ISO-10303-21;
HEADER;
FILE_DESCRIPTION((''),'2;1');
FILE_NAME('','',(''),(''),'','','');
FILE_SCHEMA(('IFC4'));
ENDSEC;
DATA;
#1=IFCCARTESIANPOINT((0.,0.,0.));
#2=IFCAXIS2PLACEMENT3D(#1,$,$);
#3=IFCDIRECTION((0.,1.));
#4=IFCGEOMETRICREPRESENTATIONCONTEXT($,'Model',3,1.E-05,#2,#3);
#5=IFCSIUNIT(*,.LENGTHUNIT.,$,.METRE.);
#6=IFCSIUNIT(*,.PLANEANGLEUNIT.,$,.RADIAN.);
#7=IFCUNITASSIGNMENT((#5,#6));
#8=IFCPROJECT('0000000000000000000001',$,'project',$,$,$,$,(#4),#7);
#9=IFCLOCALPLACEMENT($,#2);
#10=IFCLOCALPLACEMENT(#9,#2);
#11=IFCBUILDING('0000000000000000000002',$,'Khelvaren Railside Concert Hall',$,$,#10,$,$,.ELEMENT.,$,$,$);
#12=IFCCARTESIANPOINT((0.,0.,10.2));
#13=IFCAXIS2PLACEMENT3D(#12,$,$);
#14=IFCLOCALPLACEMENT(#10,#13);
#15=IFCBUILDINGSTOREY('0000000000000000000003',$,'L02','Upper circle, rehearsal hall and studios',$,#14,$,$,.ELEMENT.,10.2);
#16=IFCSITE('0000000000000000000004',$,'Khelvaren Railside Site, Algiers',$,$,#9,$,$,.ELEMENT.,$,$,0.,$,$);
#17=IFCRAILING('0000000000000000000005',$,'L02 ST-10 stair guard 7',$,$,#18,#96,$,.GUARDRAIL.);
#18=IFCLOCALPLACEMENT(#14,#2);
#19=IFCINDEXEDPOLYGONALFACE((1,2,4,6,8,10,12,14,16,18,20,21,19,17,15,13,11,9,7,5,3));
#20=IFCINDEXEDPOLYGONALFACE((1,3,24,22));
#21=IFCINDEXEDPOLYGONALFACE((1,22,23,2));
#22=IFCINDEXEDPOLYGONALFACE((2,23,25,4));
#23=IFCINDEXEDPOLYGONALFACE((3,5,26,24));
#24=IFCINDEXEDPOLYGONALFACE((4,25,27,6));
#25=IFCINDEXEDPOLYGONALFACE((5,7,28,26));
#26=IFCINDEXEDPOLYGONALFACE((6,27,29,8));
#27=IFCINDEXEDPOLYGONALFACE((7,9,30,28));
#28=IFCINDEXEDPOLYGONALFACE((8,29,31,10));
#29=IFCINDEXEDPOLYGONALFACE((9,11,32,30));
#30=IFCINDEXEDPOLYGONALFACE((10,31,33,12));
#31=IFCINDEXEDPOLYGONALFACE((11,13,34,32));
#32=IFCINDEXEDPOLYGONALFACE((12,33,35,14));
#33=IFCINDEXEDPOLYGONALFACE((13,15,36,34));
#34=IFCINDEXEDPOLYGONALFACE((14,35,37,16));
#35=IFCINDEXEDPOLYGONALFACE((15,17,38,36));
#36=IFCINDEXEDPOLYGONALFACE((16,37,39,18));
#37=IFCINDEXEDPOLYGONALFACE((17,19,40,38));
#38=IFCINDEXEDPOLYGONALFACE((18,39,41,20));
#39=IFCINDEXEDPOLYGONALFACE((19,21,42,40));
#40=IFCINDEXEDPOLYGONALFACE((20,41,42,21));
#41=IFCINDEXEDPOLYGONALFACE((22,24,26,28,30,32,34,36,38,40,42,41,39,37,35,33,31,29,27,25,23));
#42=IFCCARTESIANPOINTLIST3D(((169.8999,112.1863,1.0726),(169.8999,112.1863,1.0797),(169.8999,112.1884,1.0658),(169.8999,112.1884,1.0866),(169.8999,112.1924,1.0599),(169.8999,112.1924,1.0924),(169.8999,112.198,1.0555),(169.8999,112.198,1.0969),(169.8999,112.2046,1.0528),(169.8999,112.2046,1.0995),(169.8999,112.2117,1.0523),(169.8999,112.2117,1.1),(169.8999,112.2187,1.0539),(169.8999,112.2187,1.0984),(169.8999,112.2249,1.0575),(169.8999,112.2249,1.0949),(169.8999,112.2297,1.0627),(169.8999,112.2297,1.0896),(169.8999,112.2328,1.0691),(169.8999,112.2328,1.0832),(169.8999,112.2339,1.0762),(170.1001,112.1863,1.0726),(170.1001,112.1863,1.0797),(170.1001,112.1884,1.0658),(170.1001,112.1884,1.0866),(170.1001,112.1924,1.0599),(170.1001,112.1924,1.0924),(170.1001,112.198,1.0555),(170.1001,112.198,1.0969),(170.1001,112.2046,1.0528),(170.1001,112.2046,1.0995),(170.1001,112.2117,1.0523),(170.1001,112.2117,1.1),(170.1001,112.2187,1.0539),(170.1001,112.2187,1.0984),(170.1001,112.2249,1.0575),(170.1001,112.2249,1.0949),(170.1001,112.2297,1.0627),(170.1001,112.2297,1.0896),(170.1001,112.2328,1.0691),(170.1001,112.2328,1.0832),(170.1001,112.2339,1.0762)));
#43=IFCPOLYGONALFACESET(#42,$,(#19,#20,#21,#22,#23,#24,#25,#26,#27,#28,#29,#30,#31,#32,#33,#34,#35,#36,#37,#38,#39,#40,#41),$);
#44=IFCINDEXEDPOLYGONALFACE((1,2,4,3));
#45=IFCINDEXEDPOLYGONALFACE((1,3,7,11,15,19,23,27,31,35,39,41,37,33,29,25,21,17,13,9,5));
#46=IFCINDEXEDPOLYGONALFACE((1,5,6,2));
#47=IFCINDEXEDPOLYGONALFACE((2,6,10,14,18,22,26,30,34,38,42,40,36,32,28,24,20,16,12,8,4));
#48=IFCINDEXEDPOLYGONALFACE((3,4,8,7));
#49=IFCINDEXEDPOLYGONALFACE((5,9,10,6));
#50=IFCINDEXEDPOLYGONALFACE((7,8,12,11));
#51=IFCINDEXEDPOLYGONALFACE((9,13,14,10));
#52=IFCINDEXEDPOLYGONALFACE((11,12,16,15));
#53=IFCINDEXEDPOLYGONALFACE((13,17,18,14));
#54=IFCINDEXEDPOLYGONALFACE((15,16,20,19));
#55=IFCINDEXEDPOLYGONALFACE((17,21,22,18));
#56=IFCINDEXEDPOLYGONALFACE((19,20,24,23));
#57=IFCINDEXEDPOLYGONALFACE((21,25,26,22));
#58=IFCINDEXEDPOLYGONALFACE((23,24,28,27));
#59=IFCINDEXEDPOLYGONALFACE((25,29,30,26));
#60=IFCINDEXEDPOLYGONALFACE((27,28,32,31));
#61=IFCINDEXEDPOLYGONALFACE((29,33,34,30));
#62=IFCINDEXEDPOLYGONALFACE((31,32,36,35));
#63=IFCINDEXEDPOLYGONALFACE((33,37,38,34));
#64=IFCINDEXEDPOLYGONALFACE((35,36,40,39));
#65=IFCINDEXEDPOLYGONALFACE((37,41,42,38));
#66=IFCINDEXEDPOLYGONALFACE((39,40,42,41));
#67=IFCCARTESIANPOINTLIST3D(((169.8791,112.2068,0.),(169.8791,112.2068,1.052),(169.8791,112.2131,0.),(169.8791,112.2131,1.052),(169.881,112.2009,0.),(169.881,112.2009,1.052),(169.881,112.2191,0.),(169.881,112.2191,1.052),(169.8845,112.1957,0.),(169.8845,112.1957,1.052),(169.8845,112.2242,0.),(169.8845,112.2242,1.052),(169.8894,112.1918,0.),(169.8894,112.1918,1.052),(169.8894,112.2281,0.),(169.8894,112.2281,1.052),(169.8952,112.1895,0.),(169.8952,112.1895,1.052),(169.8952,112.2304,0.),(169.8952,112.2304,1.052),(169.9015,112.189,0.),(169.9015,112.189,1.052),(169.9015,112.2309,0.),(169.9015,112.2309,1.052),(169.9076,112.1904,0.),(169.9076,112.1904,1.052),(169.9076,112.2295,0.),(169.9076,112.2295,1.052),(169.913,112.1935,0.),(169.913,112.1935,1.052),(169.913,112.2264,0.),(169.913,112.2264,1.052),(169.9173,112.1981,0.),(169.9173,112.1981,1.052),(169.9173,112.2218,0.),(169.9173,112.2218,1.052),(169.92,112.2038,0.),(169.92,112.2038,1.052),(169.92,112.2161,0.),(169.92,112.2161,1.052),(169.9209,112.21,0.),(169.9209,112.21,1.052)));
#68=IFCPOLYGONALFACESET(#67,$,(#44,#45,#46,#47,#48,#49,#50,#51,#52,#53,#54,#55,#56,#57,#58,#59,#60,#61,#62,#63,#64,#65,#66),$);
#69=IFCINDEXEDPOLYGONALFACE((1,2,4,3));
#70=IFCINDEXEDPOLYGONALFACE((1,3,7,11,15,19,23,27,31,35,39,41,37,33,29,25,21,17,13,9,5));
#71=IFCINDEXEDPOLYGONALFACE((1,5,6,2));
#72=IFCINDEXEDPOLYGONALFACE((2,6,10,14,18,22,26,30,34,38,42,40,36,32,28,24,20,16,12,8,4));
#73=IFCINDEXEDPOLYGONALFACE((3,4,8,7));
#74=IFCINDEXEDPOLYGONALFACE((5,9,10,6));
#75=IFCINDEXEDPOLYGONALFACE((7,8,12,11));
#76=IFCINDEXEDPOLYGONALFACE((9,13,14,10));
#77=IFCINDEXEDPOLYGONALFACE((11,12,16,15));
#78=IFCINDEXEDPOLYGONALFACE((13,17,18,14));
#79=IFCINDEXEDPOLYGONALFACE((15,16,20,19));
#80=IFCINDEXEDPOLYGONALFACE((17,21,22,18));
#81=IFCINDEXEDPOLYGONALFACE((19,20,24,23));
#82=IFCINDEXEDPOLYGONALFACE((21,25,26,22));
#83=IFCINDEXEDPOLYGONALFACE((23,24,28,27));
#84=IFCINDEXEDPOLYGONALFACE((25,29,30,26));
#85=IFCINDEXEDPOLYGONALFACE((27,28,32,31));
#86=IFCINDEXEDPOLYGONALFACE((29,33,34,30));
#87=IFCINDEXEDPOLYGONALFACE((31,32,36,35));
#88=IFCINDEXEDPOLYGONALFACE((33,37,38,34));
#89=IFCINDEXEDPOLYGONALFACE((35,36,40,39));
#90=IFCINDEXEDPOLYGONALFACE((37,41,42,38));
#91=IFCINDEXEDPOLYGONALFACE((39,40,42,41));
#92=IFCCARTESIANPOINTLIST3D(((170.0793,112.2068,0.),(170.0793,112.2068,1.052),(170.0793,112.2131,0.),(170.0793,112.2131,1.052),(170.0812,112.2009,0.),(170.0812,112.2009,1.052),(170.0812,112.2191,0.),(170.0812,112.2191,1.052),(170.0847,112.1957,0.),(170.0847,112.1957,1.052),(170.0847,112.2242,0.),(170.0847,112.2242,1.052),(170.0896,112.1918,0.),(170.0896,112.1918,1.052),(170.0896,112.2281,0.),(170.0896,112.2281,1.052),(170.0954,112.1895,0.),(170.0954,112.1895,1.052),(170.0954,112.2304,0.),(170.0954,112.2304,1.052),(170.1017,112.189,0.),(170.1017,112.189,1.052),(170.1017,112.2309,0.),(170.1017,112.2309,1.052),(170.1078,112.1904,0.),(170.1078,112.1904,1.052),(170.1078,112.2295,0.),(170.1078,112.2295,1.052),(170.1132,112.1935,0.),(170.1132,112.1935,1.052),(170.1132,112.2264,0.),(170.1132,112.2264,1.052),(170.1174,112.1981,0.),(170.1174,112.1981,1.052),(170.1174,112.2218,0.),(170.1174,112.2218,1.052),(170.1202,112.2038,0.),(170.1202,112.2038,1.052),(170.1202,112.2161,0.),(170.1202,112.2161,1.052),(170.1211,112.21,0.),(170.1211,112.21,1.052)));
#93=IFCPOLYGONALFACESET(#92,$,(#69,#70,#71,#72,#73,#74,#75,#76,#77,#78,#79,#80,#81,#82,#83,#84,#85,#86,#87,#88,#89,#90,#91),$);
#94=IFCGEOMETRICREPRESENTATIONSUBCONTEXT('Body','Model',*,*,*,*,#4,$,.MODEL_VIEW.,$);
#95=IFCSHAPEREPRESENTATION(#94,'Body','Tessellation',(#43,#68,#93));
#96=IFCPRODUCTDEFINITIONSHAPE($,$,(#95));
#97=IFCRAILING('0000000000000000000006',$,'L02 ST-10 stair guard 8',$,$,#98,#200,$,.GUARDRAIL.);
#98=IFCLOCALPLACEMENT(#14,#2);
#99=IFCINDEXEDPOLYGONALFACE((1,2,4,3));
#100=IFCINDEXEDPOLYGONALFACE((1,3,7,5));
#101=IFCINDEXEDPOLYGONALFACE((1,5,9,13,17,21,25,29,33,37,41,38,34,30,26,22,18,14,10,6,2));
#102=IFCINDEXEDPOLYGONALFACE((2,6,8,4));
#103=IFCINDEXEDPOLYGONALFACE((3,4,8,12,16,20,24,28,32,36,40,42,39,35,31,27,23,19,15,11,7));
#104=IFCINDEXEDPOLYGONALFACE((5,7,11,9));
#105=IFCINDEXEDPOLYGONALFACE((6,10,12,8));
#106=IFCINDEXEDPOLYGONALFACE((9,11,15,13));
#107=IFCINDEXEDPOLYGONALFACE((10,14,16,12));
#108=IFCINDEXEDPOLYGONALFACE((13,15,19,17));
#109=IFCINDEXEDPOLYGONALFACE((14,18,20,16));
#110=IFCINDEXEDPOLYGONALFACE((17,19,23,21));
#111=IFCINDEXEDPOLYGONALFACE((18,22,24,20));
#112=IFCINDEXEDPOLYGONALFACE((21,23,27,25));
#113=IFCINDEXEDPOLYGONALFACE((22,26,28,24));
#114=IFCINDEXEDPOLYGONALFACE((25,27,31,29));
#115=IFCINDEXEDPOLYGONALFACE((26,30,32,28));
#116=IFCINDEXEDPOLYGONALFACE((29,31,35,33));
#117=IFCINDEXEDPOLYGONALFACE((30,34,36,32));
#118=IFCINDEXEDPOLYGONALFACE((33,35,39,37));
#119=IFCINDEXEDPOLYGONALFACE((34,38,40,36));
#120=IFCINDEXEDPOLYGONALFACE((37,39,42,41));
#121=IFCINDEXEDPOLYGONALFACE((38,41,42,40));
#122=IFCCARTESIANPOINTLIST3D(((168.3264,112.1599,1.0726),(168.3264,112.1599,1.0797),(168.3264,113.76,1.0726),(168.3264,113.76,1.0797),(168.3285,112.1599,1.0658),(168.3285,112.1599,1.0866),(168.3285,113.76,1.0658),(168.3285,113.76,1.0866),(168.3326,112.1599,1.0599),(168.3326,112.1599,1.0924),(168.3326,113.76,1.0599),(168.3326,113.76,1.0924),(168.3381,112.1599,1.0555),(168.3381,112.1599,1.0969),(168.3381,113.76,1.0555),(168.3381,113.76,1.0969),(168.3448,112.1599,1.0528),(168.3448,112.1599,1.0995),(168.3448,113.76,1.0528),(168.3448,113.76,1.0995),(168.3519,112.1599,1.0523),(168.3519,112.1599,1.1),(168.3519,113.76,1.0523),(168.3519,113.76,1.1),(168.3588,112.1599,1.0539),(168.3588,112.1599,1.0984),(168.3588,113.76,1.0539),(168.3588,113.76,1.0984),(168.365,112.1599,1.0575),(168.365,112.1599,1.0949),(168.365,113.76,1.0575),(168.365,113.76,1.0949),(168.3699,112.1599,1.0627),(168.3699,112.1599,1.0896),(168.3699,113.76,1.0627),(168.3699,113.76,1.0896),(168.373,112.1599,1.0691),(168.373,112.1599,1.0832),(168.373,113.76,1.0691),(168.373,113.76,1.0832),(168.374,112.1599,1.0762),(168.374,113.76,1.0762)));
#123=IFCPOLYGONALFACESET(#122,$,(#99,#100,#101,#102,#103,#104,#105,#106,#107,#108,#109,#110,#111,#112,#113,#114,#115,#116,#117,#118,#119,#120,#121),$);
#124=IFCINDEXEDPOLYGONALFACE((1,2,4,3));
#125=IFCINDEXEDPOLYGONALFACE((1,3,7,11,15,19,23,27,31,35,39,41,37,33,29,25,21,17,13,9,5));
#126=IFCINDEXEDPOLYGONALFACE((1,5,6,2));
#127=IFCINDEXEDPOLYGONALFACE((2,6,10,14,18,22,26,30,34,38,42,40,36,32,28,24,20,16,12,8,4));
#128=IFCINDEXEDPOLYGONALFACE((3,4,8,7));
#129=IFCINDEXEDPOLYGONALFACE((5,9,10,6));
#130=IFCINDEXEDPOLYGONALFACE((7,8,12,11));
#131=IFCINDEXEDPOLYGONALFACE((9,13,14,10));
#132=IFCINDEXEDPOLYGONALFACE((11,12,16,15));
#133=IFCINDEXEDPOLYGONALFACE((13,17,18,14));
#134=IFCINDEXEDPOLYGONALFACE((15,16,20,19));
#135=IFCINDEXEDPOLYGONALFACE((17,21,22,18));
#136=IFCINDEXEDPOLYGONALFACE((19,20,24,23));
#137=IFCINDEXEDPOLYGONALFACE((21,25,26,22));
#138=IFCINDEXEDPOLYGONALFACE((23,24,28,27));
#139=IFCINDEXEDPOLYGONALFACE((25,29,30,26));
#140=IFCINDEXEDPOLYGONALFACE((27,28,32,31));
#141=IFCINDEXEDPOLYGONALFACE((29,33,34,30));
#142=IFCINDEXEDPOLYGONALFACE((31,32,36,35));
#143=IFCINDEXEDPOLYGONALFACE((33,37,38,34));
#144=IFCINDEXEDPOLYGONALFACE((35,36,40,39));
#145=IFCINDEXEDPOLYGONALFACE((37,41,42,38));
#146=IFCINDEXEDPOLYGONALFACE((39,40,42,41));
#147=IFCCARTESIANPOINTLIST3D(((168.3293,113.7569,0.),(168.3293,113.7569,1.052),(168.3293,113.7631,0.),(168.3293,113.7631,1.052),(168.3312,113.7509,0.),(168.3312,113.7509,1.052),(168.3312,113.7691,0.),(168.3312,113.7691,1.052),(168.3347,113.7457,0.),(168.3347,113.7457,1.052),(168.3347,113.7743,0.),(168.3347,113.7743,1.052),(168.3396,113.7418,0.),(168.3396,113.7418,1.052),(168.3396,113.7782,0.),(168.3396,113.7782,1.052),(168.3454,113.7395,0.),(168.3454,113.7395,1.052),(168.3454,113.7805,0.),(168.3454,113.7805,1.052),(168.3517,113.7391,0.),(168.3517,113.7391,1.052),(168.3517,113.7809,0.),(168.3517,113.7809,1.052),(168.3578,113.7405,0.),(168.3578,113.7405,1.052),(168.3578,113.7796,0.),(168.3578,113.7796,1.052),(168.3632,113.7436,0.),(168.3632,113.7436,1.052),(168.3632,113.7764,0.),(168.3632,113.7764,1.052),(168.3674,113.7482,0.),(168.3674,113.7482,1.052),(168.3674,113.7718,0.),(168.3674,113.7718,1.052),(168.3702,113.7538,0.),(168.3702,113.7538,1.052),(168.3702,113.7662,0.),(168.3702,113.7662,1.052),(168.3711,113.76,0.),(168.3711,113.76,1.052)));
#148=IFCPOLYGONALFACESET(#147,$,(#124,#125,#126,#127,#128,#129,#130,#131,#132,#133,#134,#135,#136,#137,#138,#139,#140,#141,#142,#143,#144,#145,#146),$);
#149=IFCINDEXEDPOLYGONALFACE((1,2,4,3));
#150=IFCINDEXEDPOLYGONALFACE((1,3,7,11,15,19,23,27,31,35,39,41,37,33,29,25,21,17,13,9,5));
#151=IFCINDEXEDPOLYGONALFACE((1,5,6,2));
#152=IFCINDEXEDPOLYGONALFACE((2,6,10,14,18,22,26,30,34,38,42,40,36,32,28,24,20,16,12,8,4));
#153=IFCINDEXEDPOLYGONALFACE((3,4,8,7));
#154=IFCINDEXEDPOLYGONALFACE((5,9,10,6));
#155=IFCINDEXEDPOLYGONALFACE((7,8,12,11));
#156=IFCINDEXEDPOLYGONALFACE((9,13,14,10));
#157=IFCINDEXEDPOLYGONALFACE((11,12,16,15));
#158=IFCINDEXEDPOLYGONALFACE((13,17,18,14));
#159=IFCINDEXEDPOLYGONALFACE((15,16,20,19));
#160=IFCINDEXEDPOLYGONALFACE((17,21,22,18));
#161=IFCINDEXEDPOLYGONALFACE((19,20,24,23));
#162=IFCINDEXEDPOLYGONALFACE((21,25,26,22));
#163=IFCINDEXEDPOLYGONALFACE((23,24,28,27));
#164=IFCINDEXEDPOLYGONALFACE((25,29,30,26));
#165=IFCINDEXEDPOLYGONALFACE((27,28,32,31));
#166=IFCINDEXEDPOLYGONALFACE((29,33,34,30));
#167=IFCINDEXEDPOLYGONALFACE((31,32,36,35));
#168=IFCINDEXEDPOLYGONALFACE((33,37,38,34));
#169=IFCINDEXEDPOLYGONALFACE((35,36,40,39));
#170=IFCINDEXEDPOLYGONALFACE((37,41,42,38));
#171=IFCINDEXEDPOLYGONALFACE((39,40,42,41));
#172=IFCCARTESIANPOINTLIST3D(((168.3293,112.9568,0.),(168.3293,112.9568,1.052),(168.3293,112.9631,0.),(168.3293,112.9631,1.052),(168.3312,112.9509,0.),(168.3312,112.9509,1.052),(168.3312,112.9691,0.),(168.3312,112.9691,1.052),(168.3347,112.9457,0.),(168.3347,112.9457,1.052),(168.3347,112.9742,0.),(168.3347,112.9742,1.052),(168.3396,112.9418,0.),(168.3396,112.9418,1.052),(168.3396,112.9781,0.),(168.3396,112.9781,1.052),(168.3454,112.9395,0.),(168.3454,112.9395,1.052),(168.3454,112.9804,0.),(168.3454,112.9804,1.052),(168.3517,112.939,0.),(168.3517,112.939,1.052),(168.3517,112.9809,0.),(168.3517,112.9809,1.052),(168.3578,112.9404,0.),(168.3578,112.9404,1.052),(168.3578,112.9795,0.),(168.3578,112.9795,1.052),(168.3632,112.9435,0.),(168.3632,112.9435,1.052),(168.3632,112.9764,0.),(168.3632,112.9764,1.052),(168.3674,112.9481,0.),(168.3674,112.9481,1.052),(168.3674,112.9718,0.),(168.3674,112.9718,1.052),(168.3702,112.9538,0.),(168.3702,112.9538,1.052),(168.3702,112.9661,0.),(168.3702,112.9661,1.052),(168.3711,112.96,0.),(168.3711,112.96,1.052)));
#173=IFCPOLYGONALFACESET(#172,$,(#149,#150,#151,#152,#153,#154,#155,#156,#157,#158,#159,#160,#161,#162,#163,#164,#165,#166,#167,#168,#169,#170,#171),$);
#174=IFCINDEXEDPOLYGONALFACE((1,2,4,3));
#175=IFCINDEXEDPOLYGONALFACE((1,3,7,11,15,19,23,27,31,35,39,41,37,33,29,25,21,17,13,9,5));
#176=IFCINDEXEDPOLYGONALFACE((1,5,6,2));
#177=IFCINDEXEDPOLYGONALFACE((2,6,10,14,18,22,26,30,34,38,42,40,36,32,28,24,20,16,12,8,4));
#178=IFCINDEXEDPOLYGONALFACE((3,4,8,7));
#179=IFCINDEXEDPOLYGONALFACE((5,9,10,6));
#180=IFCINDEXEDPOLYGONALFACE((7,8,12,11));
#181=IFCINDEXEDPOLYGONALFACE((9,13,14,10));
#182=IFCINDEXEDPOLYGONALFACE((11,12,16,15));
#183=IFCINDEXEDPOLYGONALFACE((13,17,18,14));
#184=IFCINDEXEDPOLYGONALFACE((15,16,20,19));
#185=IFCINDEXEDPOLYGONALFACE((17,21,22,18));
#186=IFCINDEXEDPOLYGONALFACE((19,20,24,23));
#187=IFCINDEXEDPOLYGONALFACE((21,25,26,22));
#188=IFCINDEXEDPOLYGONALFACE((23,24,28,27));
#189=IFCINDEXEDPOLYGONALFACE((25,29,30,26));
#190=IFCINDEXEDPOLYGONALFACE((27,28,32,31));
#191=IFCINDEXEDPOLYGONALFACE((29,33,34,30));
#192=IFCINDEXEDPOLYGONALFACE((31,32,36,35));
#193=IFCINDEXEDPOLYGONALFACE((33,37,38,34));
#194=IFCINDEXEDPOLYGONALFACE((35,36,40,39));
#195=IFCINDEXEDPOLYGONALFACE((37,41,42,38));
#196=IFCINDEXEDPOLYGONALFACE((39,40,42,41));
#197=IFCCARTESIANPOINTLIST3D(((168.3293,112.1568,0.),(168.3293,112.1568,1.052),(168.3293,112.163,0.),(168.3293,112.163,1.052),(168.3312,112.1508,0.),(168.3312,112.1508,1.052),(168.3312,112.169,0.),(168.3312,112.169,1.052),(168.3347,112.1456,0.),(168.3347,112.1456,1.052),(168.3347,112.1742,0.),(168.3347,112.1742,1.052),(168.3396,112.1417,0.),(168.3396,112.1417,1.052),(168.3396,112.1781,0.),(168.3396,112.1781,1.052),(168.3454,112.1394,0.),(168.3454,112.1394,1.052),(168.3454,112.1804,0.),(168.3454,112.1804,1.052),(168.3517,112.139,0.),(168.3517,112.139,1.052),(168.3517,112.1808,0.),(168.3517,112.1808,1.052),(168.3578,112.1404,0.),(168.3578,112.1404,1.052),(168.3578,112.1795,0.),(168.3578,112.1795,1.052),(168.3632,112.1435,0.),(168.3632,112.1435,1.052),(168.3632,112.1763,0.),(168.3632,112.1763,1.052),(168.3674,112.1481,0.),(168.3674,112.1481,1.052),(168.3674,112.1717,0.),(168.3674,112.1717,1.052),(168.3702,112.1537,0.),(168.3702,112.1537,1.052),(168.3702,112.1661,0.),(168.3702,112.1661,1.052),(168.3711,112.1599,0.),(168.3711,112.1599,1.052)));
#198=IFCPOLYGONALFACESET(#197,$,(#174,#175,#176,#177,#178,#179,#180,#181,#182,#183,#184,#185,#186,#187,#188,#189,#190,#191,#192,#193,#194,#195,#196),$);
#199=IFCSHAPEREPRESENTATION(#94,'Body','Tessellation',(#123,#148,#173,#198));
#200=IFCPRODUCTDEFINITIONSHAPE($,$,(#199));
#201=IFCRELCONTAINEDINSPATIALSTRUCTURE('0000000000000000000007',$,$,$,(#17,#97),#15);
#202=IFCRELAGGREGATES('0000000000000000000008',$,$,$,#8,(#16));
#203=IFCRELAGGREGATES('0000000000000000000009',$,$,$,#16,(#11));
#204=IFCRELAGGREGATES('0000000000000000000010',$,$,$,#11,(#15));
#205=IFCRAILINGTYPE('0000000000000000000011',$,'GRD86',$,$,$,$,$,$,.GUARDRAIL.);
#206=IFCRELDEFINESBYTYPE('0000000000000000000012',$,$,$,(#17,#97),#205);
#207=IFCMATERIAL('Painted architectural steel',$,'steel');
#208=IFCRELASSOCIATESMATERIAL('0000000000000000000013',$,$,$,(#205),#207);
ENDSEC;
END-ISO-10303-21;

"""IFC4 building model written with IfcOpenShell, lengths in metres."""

from ifc_helpers import new_model, si_unit, direction, frame, origin, origin_2d, place, context, subcontext, project, spatial, circle, extrude, material, type_object, element, save


model = new_model("IFC4")

# Units and contexts
model_context = context("Model", 3, precision=1e-05, world=origin(), true_north=direction((0.0, 1.0)))
body_context = subcontext(model_context, "Body", "Model", "MODEL_VIEW")
ifc_project = project(units=[si_unit("LENGTHUNIT", "METRE"), si_unit("PLANEANGLEUNIT", "RADIAN")], contexts=[model_context])

# Site, building, storey
site_placement = place(None, origin())
site = spatial("IfcSite", under=ifc_project, at=site_placement, Name="Khelvaren Railside Site, Algiers", CompositionType="ELEMENT", RefElevation=0.0)
building_placement = place(site_placement, origin())
building = spatial("IfcBuilding", under=site, at=building_placement, Name="Khelvaren Railside Concert Hall", CompositionType="ELEMENT")
storey_placement = place(building_placement, frame((0.0, 0.0, 10.2)))
storey = spatial("IfcBuildingStorey", under=building, at=storey_placement, Name="L02", Description="Upper circle, rehearsal hall and studios", CompositionType="ELEMENT", Elevation=10.2)

# Railings
ifc_material_1 = material(Name="Painted architectural steel", Category="steel")
railing_type_1 = type_object("IfcRailingType", Name="GRD86", PredefinedType="GUARDRAIL", material=ifc_material_1)
railing_1_placement = place(storey_placement, frame((169.8999, 112.21, 0.0)))
element("IfcRailing", 1, at=railing_1_placement, inside=storey, type_object=railing_type_1, Name="L02 ST-10 stair guard 7", PredefinedType="GUARDRAIL", context=body_context, shape_type="SweptSolid", body=[
    extrude(circle(Radius=0.0239, at=origin_2d()), frame((0.0, 0.0, 1.0762), z_axis=(1.0, 0.0, 0.0), x_axis=(0.0, 1.0, 0.0)), (0.0, 0.0, 1.0), 0.2002),
    extrude(circle(Radius=0.021, at=origin_2d()), origin(), (0.0, 0.0, 1.0), 1.052),
    extrude(circle(Radius=0.021, at=origin_2d()), frame((0.2002, 0.0, 0.0)), (0.0, 0.0, 1.0), 1.052),
])
railing_2_placement = place(storey_placement, frame((168.3501, 113.76, 0.0)))
element("IfcRailing", 2, at=railing_2_placement, inside=storey, type_object=railing_type_1, Name="L02 ST-10 stair guard 8", PredefinedType="GUARDRAIL", context=body_context, shape_type="SweptSolid", body=[
    extrude(circle(Radius=0.0239, at=origin_2d()), frame((0.0, 0.0, 1.0762), z_axis=(0.0, -1.0, 0.0), x_axis=(1.0, 0.0, 0.0)), (0.0, 0.0, 1.0), 1.6001),
    extrude(circle(Radius=0.021, at=origin_2d()), origin(), (0.0, 0.0, 1.0), 1.052),
    extrude(circle(Radius=0.021, at=origin_2d()), frame((0.0, -0.8, 0.0)), (0.0, 0.0, 1.0), 1.052),
    extrude(circle(Radius=0.021, at=origin_2d()), frame((0.0, -1.6001, 0.0)), (0.0, 0.0, 1.0), 1.052),
])

save(model, "model.ifc")
